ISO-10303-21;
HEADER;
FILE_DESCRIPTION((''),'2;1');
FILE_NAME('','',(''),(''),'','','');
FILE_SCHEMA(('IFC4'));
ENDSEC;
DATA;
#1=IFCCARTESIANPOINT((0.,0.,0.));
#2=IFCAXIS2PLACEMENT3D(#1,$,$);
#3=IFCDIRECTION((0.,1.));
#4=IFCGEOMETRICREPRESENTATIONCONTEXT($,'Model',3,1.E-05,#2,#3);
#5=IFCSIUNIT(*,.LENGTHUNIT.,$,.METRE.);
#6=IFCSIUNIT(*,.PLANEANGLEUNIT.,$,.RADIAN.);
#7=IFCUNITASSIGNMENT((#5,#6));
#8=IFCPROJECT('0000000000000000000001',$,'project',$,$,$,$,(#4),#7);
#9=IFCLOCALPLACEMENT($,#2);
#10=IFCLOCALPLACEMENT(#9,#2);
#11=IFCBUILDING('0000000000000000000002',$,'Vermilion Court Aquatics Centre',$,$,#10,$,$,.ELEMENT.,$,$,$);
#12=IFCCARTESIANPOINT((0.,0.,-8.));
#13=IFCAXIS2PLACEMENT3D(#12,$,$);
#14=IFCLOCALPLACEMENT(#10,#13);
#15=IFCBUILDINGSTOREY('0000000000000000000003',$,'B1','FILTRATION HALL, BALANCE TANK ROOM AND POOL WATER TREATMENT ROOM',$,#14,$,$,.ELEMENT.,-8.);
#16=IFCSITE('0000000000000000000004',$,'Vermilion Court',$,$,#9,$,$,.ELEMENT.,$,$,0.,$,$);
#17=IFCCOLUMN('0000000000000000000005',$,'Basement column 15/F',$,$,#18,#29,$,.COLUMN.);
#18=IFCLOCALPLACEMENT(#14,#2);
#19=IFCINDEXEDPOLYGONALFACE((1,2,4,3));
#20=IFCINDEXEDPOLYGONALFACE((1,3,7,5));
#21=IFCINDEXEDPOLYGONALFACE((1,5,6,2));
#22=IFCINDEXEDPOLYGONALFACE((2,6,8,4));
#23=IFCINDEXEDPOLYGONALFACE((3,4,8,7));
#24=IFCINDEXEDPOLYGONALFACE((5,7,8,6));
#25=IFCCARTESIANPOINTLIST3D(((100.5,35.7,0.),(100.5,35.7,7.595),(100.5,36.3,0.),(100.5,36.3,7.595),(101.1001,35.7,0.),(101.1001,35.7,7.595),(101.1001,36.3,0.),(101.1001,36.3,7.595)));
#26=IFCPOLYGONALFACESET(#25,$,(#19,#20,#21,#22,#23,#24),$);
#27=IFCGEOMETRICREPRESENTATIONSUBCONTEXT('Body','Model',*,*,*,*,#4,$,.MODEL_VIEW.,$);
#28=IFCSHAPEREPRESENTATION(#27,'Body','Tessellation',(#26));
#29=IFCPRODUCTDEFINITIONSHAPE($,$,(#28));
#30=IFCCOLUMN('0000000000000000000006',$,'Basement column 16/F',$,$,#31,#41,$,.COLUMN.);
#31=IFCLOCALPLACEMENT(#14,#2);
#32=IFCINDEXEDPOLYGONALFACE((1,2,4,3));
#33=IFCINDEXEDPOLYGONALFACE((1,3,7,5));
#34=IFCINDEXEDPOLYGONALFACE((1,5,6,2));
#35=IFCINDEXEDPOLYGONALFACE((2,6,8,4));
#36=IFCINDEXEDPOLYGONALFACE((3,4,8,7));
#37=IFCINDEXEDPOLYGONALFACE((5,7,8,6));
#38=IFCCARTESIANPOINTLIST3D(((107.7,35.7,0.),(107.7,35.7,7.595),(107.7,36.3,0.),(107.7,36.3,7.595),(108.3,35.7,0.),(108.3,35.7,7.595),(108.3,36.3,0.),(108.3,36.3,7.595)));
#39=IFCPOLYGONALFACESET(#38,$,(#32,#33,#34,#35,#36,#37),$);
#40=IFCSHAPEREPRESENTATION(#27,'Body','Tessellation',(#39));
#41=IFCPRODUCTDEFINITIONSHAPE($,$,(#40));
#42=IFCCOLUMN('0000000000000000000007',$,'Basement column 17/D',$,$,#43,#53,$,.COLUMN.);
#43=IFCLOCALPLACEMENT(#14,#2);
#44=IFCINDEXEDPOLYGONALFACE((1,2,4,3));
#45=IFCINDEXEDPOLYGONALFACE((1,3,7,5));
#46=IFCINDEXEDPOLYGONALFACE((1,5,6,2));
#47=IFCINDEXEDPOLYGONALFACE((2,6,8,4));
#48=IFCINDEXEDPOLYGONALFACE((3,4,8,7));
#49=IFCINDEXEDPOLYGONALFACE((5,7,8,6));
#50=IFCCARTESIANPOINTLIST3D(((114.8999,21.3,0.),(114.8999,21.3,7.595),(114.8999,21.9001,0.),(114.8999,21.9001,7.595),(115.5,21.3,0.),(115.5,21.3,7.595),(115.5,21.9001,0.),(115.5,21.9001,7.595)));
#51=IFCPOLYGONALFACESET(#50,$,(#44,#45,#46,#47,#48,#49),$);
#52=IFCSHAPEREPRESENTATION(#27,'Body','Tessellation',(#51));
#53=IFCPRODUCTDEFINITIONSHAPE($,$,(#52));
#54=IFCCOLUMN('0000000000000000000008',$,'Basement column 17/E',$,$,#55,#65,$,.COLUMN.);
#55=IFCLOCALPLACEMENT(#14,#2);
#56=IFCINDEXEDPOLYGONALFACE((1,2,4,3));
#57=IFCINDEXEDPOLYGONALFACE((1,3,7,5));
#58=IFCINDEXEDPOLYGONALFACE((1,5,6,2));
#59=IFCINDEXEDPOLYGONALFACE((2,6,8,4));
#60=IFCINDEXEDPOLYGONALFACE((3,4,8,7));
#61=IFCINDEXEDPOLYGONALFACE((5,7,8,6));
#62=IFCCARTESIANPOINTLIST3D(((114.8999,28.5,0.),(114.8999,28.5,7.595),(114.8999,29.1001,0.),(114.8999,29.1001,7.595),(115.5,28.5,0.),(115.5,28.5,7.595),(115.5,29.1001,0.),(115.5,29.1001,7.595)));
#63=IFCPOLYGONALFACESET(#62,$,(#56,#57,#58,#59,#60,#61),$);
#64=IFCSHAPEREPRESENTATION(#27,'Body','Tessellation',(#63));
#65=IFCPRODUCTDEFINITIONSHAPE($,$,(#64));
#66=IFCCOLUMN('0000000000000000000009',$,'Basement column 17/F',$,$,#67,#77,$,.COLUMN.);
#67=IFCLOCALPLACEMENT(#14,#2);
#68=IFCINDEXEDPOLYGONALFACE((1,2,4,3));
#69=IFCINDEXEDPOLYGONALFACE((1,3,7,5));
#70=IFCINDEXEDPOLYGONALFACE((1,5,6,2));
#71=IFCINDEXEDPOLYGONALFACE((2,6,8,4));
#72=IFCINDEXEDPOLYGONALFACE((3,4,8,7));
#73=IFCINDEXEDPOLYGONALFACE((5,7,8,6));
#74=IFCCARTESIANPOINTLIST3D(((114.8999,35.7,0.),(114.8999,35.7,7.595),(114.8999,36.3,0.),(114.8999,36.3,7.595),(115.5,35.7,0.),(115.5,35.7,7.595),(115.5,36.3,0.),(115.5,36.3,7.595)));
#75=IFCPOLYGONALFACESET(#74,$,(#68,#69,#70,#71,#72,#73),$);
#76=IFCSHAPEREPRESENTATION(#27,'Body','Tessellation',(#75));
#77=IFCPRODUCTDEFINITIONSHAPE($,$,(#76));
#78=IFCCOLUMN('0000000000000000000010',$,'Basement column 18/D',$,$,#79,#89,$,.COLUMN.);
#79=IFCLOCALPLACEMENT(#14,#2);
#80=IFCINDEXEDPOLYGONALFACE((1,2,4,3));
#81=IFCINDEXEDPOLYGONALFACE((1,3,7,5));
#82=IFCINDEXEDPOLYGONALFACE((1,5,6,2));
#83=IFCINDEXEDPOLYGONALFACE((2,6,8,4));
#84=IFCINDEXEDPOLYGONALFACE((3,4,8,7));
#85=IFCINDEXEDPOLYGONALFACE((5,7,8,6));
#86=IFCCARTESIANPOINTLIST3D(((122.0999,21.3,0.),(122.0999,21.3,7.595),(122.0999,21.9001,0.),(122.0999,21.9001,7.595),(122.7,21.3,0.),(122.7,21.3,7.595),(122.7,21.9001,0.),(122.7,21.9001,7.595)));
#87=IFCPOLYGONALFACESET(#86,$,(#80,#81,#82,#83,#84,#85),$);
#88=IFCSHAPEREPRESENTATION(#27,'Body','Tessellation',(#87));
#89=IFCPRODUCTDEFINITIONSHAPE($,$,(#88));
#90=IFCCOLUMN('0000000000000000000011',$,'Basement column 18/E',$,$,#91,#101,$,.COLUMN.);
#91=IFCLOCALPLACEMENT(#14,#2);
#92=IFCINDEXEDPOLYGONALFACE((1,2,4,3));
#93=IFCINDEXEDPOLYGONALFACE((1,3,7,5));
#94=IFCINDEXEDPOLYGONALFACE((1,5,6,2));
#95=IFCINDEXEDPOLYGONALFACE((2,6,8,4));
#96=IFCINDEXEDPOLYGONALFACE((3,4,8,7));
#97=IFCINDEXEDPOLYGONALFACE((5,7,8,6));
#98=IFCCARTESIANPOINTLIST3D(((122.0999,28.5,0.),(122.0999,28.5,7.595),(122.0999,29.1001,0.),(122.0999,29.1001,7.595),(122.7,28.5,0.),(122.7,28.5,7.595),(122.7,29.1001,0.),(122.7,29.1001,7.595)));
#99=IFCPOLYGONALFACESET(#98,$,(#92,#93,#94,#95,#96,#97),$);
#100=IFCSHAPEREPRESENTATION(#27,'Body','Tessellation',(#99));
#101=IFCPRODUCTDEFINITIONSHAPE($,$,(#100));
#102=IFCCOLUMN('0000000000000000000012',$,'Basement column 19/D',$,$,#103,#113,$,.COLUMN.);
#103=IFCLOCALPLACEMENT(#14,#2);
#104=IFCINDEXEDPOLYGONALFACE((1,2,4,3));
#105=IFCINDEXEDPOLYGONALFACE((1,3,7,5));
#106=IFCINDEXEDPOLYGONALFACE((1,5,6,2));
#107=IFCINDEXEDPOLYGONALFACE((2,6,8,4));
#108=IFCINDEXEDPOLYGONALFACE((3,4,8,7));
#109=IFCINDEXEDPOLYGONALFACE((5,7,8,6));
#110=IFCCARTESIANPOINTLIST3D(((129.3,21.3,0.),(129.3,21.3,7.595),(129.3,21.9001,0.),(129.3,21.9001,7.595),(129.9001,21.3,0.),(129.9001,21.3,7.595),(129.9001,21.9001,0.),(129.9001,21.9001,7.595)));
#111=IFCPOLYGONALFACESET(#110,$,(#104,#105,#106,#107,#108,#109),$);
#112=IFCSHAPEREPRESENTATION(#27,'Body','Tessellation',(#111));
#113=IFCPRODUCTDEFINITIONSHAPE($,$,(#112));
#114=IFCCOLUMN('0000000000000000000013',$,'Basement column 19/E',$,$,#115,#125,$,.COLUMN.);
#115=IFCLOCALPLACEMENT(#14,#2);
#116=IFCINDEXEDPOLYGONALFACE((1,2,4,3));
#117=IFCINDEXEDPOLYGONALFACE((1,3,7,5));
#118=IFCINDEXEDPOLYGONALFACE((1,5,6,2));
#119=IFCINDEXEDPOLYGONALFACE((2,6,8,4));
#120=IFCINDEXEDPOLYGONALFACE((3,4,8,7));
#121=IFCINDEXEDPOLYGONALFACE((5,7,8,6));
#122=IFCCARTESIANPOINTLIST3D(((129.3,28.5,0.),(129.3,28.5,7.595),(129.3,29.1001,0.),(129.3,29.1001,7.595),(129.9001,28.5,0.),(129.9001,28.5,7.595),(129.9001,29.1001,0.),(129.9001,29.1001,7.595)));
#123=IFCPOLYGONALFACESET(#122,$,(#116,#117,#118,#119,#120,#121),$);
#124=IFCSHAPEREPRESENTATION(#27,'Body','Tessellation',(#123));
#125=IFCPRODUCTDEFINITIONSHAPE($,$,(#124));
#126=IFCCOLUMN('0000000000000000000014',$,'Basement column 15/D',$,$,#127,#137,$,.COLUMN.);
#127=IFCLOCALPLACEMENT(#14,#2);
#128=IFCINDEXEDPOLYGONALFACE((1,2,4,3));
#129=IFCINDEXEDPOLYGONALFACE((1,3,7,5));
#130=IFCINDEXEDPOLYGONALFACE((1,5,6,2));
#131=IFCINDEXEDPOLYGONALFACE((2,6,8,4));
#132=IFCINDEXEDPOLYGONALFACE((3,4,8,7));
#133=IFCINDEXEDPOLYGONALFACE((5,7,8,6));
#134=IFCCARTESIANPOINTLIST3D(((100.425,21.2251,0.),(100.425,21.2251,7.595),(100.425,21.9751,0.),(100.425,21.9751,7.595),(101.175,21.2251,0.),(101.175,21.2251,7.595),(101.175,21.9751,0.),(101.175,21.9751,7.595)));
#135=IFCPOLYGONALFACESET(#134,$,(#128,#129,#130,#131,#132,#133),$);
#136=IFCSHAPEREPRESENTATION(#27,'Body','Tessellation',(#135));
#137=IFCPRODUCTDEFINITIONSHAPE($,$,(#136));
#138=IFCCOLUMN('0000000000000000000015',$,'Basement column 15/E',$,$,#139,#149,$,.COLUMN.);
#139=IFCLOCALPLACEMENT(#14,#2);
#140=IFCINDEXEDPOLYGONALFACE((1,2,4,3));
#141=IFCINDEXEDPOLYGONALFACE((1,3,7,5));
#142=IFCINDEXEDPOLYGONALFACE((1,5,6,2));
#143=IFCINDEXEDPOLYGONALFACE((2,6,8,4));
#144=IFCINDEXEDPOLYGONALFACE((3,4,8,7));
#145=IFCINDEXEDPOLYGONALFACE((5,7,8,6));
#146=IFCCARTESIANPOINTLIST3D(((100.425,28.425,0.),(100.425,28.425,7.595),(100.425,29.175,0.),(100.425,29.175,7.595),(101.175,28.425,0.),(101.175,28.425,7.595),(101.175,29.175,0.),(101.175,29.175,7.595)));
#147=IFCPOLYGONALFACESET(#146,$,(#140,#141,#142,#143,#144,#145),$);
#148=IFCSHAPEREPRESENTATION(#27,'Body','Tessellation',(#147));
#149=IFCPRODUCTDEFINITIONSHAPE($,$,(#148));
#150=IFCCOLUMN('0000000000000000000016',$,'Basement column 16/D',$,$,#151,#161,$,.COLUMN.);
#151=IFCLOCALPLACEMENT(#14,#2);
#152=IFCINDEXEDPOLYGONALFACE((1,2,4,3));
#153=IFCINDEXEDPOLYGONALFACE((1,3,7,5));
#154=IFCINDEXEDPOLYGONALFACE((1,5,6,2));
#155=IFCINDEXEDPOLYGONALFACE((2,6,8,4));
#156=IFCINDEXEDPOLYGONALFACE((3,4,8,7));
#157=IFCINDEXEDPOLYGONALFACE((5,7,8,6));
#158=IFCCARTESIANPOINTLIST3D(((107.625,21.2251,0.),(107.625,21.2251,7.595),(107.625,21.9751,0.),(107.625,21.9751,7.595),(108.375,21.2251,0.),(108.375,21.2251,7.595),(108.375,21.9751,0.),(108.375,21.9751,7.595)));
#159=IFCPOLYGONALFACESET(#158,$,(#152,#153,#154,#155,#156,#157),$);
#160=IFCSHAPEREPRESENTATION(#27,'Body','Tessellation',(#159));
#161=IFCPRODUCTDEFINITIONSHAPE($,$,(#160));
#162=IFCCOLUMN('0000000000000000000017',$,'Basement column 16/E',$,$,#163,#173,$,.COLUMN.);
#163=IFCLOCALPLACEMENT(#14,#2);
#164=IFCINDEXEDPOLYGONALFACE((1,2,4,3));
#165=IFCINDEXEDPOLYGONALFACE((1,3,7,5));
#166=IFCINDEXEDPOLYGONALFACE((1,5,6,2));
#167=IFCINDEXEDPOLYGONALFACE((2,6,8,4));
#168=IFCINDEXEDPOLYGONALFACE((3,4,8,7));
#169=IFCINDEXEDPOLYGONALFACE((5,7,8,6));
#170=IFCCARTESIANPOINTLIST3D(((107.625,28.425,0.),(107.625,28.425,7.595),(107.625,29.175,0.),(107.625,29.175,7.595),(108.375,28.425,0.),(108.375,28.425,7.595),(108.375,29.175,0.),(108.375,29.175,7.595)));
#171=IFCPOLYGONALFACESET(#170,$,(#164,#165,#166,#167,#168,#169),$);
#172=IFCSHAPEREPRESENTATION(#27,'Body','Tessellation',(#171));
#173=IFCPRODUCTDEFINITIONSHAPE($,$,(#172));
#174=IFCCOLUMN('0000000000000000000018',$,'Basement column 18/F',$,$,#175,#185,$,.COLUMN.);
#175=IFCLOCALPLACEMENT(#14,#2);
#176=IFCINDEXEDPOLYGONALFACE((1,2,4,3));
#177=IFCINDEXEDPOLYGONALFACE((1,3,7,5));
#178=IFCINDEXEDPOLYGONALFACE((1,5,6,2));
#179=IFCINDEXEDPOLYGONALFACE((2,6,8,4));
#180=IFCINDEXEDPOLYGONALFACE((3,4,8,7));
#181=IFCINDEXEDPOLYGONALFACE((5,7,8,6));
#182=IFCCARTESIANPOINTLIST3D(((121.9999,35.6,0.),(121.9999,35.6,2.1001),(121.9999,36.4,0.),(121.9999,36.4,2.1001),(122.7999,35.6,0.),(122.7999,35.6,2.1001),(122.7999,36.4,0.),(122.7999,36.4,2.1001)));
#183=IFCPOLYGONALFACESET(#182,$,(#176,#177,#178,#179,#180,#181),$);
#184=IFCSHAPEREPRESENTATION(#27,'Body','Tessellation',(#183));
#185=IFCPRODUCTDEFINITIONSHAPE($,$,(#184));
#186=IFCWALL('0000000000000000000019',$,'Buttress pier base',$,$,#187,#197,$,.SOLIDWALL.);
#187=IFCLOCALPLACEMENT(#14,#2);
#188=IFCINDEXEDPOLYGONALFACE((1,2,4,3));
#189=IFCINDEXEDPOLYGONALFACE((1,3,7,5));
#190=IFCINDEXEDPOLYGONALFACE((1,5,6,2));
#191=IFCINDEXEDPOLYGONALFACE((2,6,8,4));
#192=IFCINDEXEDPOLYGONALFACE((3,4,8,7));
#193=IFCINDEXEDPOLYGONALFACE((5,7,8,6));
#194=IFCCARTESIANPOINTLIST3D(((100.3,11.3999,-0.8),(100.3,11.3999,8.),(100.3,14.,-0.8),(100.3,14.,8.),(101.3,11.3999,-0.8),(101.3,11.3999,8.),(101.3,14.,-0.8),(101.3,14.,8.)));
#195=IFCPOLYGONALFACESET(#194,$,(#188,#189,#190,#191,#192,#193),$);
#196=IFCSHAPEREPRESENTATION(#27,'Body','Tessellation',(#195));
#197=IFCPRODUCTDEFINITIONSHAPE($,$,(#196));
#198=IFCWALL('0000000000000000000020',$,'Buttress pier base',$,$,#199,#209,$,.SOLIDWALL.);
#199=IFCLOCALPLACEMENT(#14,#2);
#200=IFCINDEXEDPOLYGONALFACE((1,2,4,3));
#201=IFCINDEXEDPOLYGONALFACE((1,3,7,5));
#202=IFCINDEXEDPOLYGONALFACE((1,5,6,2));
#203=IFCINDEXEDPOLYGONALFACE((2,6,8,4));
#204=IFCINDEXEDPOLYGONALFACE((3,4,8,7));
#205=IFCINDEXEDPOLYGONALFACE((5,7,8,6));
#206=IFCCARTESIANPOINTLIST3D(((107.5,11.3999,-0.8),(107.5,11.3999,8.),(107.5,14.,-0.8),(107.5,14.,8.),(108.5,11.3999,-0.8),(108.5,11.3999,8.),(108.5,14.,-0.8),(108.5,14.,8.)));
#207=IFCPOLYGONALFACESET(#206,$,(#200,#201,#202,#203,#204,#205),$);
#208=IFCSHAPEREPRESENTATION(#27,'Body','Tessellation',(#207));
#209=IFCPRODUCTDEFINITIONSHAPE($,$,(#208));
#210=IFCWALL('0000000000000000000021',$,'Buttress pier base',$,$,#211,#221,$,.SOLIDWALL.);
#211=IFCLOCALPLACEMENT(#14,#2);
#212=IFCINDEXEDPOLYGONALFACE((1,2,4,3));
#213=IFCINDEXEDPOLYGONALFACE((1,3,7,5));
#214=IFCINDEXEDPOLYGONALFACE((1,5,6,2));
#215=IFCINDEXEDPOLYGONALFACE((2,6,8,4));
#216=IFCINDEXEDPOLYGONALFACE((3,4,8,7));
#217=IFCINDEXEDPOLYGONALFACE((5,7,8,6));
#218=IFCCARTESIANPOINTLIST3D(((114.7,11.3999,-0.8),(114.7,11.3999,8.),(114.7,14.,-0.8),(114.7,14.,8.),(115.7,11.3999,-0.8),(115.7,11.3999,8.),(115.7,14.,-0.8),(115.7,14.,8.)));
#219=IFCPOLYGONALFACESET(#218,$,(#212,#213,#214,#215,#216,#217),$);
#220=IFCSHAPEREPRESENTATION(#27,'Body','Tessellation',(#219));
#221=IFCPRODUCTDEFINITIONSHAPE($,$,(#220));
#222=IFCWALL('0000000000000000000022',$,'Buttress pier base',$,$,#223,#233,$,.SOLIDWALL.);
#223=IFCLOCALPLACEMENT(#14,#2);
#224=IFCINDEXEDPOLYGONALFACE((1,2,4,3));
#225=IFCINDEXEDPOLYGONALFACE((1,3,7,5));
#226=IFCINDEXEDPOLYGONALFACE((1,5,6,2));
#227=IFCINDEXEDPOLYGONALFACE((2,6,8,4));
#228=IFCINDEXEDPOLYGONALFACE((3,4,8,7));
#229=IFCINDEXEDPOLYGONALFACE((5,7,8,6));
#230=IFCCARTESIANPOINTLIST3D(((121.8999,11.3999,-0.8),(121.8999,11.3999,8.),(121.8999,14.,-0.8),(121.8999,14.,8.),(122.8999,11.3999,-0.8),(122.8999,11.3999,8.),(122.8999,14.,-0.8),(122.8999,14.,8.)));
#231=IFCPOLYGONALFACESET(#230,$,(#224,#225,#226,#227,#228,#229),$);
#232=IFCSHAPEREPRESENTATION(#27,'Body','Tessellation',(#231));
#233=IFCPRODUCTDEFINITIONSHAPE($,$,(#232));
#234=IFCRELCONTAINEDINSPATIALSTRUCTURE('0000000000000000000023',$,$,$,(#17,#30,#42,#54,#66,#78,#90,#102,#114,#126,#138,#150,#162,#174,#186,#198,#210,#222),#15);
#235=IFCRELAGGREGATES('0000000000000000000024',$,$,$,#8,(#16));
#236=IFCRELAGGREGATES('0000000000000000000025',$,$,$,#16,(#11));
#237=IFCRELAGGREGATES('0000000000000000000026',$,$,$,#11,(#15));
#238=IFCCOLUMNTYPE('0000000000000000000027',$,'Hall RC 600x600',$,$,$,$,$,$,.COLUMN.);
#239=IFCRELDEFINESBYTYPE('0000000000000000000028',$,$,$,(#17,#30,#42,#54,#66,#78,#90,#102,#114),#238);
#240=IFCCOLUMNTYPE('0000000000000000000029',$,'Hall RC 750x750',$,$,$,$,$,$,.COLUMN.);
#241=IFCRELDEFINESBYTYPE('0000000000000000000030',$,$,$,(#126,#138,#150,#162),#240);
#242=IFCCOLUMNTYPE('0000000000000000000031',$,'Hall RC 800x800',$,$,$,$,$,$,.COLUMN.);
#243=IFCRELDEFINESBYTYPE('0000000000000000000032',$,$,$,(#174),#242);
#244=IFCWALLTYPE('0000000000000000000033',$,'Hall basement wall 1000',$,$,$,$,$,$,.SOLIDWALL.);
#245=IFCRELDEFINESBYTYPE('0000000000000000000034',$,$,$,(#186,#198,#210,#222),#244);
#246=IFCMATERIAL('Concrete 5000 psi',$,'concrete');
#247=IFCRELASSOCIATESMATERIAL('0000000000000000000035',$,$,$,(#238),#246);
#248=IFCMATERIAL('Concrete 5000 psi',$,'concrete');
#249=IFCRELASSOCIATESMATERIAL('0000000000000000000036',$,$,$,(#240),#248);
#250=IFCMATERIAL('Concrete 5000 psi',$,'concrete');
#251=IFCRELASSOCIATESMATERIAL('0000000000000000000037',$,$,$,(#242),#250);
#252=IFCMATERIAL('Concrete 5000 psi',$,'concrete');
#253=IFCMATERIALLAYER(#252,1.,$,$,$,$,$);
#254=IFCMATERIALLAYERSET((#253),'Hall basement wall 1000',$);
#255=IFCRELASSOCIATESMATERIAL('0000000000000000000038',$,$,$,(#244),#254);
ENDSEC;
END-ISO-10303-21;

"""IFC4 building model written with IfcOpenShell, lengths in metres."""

from ifc_helpers import new_model, si_unit, direction, frame, frame_2d, origin, origin_2d, place, context, subcontext, project, spatial, rectangle, extrude, material, layer, layer_set, material_profile, profile_set, type_object, element, save


model = new_model("IFC4")

# Units and contexts
model_context = context("Model", 3, precision=1e-05, world=origin(), true_north=direction((0.0, 1.0)))
body_context = subcontext(model_context, "Body", "Model", "MODEL_VIEW")
ifc_project = project(units=[si_unit("LENGTHUNIT", "METRE"), si_unit("PLANEANGLEUNIT", "RADIAN")], contexts=[model_context])

# Site, building, storey
site_placement = place(None, origin())
site = spatial("IfcSite", under=ifc_project, at=site_placement, Name="Vermilion Court", CompositionType="ELEMENT", RefElevation=0.0)
building_placement = place(site_placement, origin())
building = spatial("IfcBuilding", under=site, at=building_placement, Name="Vermilion Court Aquatics Centre", CompositionType="ELEMENT")
storey_placement = place(building_placement, frame((0.0, 0.0, -8.0)))
storey = spatial("IfcBuildingStorey", under=building, at=storey_placement, Name="B1", Description="FILTRATION HALL, BALANCE TANK ROOM AND POOL WATER TREATMENT ROOM", CompositionType="ELEMENT", Elevation=-8.0)

# Columns
ifc_material_1 = material(Name="Concrete 5000 psi", Category="concrete")
ifc_material_profile_1 = material_profile(ifc_material_1, rectangle(XDim=0.6001, YDim=0.6001, at=origin_2d()), Name="RC 600x600")
ifc_profile_set_1 = profile_set([ifc_material_profile_1], Name="Concrete 5000 psi")
column_type_1 = type_object("IfcColumnType", Name="Hall RC 600x600", PredefinedType="COLUMN", material=ifc_profile_set_1)
for number, where, z_axis, x_axis, name in (
    (1, (100.8, 36.0, 0.0), (0.0, 0.0, 1.0), (1.0, 0.0, 0.0), "Basement column 15/F"),
    (2, (108.0, 36.0, 0.0), (0.0, 0.0, 1.0), (1.0, 0.0, 0.0), "Basement column 16/F"),
    (3, (115.2, 21.6001, 0.0), (0.0, 0.0, 1.0), (1.0, 0.0, 0.0), "Basement column 17/D"),
    (4, (115.2, 28.8, 0.0), (0.0, 0.0, 1.0), (1.0, 0.0, 0.0), "Basement column 17/E"),
    (5, (115.2, 36.0, 0.0), (0.0, 0.0, 1.0), (1.0, 0.0, 0.0), "Basement column 17/F"),
    (6, (122.3999, 21.6001, 0.0), (0.0, 0.0, 1.0), (1.0, 0.0, 0.0), "Basement column 18/D"),
    (7, (122.3999, 28.8, 0.0), (0.0, 0.0, 1.0), (1.0, 0.0, 0.0), "Basement column 18/E"),
    (8, (129.6001, 21.6001, 0.0), (0.0, 0.0, 1.0), (1.0, 0.0, 0.0), "Basement column 19/D"),
    (9, (129.6001, 28.8, 0.0), (0.0, 0.0, 1.0), (1.0, 0.0, 0.0), "Basement column 19/E"),
):
    element("IfcColumn", number, at=place(storey_placement, frame(where, z_axis=z_axis, x_axis=x_axis)), inside=storey, type_object=column_type_1, Name=name, PredefinedType="COLUMN", context=body_context, shape_type="SweptSolid", body=[
        extrude(rectangle(XDim=0.6001, YDim=0.6001, at=origin_2d()), origin(), (0.0, 0.0, 1.0), 7.595),
    ])
ifc_material_2 = material(Name="Concrete 5000 psi", Category="concrete")
ifc_material_profile_2 = material_profile(ifc_material_2, rectangle(XDim=0.75, YDim=0.75, at=origin_2d()), Name="RC 750x750")
ifc_profile_set_2 = profile_set([ifc_material_profile_2], Name="Concrete 5000 psi")
column_type_2 = type_object("IfcColumnType", Name="Hall RC 750x750", PredefinedType="COLUMN", material=ifc_profile_set_2)
for number, where, z_axis, x_axis, name in (
    (10, (100.8, 21.6001, 0.0), (0.0, 0.0, 1.0), (1.0, 0.0, 0.0), "Basement column 15/D"),
    (11, (100.8, 28.8, 0.0), (0.0, 0.0, 1.0), (1.0, 0.0, 0.0), "Basement column 15/E"),
    (12, (108.0, 21.6001, 0.0), (0.0, 0.0, 1.0), (1.0, 0.0, 0.0), "Basement column 16/D"),
    (13, (108.0, 28.8, 0.0), (0.0, 0.0, 1.0), (1.0, 0.0, 0.0), "Basement column 16/E"),
):
    element("IfcColumn", number, at=place(storey_placement, frame(where, z_axis=z_axis, x_axis=x_axis)), inside=storey, type_object=column_type_2, Name=name, PredefinedType="COLUMN", context=body_context, shape_type="SweptSolid", body=[
        extrude(rectangle(XDim=0.75, YDim=0.75, at=origin_2d()), origin(), (0.0, 0.0, 1.0), 7.595),
    ])
ifc_material_3 = material(Name="Concrete 5000 psi", Category="concrete")
ifc_material_profile_3 = material_profile(ifc_material_3, rectangle(XDim=0.8, YDim=0.8, at=origin_2d()), Name="RC 800x800")
ifc_profile_set_3 = profile_set([ifc_material_profile_3], Name="Concrete 5000 psi")
column_type_3 = type_object("IfcColumnType", Name="Hall RC 800x800", PredefinedType="COLUMN", material=ifc_profile_set_3)
column_placement = place(storey_placement, frame((122.3999, 36.0, 0.0), z_axis=(0.0, 0.0, 1.0), x_axis=(1.0, 0.0, 0.0)))
element("IfcColumn", 14, at=column_placement, inside=storey, type_object=column_type_3, Name="Basement column 18/F", PredefinedType="COLUMN", context=body_context, shape_type="SweptSolid", body=[
    extrude(rectangle(XDim=0.8, YDim=0.8, at=origin_2d()), origin(), (0.0, 0.0, 1.0), 2.1001),
])

# Walls
ifc_material_4 = material(Name="Concrete 5000 psi", Category="concrete")
ifc_layer_1 = layer(ifc_material_4, 1.0)
ifc_layer_set_1 = layer_set([ifc_layer_1], Name="Hall basement wall 1000")
wall_type_1 = type_object("IfcWallType", Name="Hall basement wall 1000", PredefinedType="SOLIDWALL", material=ifc_layer_set_1)
for number, where, z_axis, x_axis, name in (
    (15, (100.8, 11.3999, -0.8), (0.0, 0.0, 1.0), (0.0, 1.0, 0.0), "Buttress pier base"),
    (16, (108.0, 11.3999, -0.8), (0.0, 0.0, 1.0), (0.0, 1.0, 0.0), "Buttress pier base"),
    (17, (115.2, 11.3999, -0.8), (0.0, 0.0, 1.0), (0.0, 1.0, 0.0), "Buttress pier base"),
    (18, (122.3999, 11.3999, -0.8), (0.0, 0.0, 1.0), (0.0, 1.0, 0.0), "Buttress pier base"),
):
    element("IfcWall", number, at=place(storey_placement, frame(where, z_axis=z_axis, x_axis=x_axis)), inside=storey, type_object=wall_type_1, Name=name, PredefinedType="SOLIDWALL", context=body_context, shape_type="SweptSolid", body=[
        extrude(rectangle(XDim=2.6001, YDim=1.0, at=frame_2d((1.3, 0.0))), origin(), (0.0, 0.0, 1.0), 8.8),
    ])

save(model, "model.ifc")
